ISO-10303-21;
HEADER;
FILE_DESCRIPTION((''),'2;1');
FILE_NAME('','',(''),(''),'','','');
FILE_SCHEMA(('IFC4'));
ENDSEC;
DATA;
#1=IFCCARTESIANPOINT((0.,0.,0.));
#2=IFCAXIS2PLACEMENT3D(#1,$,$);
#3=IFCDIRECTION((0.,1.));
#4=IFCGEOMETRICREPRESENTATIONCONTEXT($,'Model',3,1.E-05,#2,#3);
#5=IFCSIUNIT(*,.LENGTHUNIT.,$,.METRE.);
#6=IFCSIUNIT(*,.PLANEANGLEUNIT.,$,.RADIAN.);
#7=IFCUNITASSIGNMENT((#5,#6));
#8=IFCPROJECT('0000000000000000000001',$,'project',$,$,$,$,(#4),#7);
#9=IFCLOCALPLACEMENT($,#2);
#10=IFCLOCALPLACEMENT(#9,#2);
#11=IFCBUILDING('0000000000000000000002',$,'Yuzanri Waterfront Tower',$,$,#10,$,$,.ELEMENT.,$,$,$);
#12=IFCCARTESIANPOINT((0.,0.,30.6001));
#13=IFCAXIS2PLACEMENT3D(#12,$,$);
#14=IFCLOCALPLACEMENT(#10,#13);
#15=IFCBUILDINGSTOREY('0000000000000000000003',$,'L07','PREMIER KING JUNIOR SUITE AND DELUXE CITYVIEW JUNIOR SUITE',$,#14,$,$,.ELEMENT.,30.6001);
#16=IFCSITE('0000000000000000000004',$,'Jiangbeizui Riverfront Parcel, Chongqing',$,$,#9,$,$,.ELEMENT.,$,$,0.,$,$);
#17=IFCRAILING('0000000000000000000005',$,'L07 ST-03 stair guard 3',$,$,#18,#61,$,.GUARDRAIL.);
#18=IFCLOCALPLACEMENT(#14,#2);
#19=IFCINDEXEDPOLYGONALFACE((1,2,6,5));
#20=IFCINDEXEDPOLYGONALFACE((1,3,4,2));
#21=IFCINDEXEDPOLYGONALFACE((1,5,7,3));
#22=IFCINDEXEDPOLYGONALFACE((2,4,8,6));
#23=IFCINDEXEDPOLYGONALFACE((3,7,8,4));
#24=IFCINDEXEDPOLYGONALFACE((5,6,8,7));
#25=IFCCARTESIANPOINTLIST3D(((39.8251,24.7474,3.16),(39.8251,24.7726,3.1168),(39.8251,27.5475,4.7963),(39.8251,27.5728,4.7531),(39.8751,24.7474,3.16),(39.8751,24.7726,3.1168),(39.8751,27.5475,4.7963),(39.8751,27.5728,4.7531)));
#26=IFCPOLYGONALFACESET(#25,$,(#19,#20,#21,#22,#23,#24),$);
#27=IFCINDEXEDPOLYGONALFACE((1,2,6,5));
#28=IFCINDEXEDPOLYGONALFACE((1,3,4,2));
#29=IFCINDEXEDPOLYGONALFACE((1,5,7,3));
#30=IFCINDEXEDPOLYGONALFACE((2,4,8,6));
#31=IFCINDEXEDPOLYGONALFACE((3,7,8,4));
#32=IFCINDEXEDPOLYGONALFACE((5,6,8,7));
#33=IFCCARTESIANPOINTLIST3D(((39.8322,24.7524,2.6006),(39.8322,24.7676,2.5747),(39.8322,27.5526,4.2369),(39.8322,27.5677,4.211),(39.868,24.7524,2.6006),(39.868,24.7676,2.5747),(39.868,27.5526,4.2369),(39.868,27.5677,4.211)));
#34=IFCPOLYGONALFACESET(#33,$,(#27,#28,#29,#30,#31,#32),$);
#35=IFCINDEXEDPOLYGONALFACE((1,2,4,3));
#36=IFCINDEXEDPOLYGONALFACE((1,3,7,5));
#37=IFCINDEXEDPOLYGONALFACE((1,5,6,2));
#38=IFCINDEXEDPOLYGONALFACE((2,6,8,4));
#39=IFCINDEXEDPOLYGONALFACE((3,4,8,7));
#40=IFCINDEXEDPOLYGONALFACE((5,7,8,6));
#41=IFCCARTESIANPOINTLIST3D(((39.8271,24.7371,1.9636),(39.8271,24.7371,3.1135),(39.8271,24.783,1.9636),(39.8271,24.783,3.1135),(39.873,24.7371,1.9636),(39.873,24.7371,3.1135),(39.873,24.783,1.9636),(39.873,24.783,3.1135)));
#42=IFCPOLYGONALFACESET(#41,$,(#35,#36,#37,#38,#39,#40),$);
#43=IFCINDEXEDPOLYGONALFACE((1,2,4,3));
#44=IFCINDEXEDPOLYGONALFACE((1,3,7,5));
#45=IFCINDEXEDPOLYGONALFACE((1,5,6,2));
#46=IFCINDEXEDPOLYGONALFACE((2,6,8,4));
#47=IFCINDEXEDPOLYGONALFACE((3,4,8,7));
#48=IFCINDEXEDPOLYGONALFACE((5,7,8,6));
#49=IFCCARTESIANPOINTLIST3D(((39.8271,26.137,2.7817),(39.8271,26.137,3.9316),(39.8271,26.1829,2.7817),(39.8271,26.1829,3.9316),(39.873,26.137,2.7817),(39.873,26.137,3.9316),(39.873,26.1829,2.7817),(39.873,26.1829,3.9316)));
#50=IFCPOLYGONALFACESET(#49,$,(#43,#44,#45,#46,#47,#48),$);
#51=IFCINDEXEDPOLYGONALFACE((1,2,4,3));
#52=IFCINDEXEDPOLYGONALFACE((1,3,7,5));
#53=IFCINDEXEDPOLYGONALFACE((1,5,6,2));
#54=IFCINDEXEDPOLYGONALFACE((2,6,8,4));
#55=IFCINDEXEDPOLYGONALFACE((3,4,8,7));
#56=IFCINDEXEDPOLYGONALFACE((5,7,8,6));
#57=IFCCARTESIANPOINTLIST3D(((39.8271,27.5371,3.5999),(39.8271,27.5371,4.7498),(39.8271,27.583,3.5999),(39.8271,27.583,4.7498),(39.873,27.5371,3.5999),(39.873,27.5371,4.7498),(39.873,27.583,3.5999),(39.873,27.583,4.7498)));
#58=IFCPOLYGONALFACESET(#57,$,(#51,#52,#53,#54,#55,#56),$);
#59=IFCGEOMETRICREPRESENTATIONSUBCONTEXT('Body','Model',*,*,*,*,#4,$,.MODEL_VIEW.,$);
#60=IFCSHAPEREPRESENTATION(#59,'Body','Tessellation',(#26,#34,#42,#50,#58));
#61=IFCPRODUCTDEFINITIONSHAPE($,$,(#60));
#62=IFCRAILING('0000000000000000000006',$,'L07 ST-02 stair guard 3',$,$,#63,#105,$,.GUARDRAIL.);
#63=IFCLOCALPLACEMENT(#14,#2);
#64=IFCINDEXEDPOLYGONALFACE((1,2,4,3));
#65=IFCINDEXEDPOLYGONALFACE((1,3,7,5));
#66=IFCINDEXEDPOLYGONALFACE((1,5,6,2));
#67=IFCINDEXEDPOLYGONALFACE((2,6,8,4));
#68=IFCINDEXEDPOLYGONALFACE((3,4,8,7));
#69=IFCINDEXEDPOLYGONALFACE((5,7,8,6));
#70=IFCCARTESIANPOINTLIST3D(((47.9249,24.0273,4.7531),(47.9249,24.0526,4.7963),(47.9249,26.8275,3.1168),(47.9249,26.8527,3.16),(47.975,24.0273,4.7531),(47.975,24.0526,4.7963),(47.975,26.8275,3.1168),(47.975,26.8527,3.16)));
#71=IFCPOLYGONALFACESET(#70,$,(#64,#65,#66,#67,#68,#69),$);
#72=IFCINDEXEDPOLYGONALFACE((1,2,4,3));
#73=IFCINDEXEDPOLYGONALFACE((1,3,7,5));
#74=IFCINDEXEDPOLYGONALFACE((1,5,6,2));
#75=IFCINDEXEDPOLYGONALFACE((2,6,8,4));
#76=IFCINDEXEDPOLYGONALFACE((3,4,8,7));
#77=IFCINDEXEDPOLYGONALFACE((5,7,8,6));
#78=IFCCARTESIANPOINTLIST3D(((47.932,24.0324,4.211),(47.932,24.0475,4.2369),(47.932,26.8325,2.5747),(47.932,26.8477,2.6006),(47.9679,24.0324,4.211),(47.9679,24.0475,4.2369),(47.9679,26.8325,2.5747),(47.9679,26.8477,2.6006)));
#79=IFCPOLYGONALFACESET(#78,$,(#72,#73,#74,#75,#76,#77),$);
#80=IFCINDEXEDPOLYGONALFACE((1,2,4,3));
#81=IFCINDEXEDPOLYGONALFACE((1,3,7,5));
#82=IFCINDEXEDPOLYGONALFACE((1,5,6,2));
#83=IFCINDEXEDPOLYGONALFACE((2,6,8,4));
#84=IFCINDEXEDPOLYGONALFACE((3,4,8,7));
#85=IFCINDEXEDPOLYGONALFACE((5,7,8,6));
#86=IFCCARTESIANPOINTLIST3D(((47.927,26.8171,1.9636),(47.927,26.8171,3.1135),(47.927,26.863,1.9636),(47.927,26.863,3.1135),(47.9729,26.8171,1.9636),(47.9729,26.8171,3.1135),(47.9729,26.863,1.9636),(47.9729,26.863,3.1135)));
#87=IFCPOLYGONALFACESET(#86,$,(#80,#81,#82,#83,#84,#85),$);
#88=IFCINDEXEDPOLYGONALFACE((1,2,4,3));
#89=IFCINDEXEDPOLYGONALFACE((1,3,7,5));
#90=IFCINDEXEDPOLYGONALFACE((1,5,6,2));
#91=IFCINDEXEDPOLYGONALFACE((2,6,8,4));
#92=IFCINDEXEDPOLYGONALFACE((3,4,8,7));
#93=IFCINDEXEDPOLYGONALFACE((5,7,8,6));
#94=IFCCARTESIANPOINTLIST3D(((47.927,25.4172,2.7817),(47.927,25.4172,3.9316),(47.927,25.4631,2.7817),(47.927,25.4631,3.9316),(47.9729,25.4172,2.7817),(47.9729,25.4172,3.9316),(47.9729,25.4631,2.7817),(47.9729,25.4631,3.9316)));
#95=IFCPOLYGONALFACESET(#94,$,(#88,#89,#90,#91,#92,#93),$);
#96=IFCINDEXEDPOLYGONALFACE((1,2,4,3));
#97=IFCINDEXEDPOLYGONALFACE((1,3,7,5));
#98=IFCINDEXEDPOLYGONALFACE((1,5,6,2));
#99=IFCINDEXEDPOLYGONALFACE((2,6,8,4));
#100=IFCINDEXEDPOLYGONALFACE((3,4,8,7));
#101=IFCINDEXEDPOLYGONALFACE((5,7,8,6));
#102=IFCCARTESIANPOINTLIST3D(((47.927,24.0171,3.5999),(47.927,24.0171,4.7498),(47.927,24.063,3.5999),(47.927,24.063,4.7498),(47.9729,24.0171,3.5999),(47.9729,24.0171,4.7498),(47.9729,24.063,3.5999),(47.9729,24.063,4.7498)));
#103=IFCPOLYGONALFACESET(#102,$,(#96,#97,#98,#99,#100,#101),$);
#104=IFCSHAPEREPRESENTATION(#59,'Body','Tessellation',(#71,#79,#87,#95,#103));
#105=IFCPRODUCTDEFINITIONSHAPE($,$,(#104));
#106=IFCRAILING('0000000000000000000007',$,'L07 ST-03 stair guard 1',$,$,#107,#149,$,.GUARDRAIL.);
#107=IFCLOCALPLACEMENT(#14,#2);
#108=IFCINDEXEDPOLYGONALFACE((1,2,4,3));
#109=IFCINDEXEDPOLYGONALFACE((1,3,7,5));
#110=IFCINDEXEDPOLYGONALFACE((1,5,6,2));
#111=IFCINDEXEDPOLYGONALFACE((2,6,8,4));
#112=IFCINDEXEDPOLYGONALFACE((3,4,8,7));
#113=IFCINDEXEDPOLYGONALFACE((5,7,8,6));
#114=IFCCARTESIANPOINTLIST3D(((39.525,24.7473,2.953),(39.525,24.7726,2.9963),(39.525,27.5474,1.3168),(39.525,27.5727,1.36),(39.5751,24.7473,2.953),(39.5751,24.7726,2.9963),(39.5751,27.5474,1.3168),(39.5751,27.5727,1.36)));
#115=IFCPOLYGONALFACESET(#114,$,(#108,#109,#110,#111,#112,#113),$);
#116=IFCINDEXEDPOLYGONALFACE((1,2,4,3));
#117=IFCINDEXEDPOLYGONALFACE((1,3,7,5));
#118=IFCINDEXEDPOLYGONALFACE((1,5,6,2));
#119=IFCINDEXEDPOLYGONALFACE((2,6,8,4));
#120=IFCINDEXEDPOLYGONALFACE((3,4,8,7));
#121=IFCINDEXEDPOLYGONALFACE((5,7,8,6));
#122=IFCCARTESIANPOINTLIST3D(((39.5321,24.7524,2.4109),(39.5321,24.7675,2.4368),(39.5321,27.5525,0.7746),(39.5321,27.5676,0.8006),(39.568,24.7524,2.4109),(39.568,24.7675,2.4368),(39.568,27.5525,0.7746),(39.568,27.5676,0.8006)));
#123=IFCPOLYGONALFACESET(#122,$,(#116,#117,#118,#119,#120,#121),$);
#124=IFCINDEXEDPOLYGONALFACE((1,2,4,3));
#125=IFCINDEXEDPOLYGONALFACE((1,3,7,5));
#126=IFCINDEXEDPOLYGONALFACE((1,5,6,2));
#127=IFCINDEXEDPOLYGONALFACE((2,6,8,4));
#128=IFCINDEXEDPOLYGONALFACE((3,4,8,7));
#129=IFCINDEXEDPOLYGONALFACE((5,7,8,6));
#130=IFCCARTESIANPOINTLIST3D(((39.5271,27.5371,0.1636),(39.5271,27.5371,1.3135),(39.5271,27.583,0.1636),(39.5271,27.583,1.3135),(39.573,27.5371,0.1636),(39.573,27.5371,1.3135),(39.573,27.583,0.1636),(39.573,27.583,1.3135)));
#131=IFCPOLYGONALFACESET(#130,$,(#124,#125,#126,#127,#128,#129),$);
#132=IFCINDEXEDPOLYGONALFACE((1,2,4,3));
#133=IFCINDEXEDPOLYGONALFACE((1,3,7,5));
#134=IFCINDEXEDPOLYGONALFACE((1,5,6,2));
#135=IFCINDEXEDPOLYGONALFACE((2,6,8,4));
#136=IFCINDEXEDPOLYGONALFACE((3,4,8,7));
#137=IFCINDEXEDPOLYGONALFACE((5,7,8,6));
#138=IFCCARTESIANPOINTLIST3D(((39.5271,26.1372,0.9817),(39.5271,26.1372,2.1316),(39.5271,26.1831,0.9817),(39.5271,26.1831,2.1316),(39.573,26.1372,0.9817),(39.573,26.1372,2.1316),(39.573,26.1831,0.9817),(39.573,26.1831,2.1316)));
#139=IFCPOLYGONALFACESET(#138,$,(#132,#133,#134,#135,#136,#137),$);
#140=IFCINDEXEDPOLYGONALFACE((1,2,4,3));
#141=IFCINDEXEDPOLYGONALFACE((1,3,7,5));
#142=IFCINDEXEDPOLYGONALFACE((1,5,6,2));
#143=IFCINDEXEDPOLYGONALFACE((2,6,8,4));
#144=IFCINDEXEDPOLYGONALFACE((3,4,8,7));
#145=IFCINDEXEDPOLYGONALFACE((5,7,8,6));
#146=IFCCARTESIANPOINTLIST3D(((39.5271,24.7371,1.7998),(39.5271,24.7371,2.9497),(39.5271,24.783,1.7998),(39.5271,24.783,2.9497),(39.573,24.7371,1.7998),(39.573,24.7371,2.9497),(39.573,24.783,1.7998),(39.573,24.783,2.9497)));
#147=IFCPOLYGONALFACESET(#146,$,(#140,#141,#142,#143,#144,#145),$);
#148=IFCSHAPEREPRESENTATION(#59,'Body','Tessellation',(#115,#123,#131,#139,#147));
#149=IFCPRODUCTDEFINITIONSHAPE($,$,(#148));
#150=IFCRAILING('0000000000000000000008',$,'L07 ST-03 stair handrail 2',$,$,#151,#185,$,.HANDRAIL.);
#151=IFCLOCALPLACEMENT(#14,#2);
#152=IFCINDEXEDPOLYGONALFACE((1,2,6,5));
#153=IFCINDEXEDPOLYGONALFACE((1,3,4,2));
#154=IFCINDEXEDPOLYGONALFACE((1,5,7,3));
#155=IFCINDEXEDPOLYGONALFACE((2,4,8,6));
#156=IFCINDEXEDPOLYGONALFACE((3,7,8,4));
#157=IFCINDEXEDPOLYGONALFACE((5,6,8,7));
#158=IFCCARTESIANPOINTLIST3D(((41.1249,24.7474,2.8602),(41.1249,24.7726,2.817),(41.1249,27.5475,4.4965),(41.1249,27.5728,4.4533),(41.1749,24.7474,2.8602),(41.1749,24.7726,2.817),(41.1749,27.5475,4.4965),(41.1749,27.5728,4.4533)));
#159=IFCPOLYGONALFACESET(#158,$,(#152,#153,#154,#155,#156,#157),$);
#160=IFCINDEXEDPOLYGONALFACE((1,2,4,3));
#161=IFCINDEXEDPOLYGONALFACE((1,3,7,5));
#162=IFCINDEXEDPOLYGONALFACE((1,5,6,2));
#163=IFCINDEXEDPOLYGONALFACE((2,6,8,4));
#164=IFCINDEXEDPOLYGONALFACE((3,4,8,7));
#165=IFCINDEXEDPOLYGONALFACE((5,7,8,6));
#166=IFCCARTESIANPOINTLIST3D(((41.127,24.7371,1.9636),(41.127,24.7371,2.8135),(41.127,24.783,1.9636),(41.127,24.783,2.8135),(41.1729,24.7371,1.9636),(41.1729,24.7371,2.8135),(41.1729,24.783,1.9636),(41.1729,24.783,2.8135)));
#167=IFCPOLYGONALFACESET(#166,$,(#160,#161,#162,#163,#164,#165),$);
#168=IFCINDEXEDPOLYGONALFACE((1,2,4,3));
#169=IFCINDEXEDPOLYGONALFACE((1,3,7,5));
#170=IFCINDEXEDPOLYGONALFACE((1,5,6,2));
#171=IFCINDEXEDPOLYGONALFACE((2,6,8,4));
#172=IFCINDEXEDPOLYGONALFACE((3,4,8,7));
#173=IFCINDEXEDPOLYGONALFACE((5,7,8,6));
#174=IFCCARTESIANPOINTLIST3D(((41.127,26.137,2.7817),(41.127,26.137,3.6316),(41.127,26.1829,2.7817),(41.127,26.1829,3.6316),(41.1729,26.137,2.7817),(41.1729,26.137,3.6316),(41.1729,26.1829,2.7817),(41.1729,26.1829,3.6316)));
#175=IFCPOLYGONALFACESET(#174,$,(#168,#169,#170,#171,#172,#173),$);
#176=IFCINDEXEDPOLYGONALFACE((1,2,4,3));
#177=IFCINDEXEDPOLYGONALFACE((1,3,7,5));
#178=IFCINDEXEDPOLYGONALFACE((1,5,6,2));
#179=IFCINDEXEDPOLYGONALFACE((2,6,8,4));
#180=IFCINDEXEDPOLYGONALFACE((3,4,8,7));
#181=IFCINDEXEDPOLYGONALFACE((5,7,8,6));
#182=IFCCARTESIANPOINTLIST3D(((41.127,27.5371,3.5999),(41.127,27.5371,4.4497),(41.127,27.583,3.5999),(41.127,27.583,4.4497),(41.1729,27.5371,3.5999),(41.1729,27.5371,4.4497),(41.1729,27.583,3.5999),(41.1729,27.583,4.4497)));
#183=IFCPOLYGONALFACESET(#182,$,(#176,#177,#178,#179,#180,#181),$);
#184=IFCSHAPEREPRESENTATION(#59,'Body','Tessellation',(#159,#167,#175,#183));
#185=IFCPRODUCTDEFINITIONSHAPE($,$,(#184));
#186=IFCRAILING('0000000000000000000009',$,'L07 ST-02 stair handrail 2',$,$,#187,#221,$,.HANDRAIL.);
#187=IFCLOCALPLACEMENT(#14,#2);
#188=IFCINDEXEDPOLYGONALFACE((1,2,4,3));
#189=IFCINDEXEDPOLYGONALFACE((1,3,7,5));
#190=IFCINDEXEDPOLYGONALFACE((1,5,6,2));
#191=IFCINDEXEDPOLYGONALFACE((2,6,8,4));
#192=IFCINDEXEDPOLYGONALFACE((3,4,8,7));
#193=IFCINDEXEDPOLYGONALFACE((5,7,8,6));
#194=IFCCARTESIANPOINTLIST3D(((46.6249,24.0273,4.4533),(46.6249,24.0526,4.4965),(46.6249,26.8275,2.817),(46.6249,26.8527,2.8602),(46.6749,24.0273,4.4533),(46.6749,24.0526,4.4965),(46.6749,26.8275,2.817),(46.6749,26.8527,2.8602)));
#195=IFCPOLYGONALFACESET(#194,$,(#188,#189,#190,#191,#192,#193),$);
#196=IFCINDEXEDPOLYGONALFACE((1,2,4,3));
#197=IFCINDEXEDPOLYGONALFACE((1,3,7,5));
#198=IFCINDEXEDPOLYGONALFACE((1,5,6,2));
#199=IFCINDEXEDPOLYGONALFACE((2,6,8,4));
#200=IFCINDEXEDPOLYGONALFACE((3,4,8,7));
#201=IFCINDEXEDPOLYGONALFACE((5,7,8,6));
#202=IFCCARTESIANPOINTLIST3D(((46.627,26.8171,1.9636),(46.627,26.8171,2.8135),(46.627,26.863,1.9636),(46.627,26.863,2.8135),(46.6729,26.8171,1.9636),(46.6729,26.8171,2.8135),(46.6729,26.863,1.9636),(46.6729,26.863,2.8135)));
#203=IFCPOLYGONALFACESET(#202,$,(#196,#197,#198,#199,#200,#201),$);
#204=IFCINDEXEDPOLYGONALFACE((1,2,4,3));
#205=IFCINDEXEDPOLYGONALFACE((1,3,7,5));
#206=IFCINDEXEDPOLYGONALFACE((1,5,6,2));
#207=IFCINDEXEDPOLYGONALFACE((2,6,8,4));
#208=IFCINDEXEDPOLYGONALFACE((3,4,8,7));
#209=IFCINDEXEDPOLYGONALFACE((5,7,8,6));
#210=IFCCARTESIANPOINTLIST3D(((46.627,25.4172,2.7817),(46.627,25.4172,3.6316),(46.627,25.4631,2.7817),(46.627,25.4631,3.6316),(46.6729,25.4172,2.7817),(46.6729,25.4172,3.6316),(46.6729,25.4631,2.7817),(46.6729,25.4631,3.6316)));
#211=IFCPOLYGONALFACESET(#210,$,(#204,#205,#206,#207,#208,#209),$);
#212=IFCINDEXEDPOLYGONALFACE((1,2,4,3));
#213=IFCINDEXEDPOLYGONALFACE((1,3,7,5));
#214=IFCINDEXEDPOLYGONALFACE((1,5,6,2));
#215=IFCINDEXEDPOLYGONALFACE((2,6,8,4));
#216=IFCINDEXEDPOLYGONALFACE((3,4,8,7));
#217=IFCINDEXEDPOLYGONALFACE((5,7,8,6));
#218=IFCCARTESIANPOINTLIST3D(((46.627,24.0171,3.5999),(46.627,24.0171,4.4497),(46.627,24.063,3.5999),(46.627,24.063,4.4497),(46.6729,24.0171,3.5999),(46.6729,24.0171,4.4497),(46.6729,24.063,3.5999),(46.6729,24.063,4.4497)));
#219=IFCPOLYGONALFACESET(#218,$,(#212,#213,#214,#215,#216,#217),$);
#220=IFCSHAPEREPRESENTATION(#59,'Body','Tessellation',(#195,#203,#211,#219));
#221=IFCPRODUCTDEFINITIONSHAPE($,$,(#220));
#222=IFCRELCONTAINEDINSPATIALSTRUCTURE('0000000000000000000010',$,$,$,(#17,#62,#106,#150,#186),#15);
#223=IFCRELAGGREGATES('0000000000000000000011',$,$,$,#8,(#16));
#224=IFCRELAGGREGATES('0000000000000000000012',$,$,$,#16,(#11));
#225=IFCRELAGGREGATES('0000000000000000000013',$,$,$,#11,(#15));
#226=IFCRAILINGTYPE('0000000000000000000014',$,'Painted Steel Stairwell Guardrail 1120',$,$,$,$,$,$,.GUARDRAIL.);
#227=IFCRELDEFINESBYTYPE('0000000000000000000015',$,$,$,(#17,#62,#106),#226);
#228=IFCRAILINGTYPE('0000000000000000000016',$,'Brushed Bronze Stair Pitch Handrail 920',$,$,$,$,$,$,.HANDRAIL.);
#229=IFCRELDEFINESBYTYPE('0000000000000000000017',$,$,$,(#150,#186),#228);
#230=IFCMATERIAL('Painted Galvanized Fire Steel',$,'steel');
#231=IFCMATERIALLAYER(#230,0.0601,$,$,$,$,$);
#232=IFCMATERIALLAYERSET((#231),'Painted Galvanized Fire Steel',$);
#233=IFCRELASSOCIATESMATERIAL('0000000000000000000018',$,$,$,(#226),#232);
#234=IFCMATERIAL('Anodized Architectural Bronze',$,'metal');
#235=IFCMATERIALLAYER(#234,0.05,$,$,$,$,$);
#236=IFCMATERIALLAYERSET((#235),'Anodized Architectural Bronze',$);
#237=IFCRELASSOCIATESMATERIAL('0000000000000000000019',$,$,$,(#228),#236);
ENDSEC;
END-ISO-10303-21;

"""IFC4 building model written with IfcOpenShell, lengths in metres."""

from ifc_helpers import new_model, si_unit, direction, frame, origin, origin_2d, place, context, subcontext, project, spatial, rectangle, extrude, source, transform, mapped, material, layer, layer_set, type_object, element, save


model = new_model("IFC4")

# Units and contexts
model_context = context("Model", 3, precision=1e-05, world=origin(), true_north=direction((0.0, 1.0)))
body_context = subcontext(model_context, "Body", "Model", "MODEL_VIEW")
ifc_project = project(units=[si_unit("LENGTHUNIT", "METRE"), si_unit("PLANEANGLEUNIT", "RADIAN")], contexts=[model_context])

# Site, building, storey
site_placement = place(None, origin())
site = spatial("IfcSite", under=ifc_project, at=site_placement, Name="Jiangbeizui Riverfront Parcel, Chongqing", CompositionType="ELEMENT", RefElevation=0.0)
building_placement = place(site_placement, origin())
building = spatial("IfcBuilding", under=site, at=building_placement, Name="Yuzanri Waterfront Tower", CompositionType="ELEMENT")
storey_placement = place(building_placement, frame((0.0, 0.0, 30.6001)))
storey = spatial("IfcBuildingStorey", under=building, at=storey_placement, Name="L07", Description="PREMIER KING JUNIOR SUITE AND DELUXE CITYVIEW JUNIOR SUITE", CompositionType="ELEMENT", Elevation=30.6001)

# Railings
ifc_material_1 = material(Name="Painted Galvanized Fire Steel", Category="steel")
ifc_layer_1 = layer(ifc_material_1, 0.0601)
ifc_layer_set_1 = layer_set([ifc_layer_1], Name="Painted Galvanized Fire Steel")
railing_type_1 = type_object("IfcRailingType", Name="Painted Steel Stairwell Guardrail 1120", PredefinedType="GUARDRAIL", material=ifc_layer_set_1)
shared_shape_1 = source(origin(), body_context, "Body", "SweptSolid", [
    extrude(rectangle(XDim=0.05, YDim=0.05, at=origin_2d()), frame((0.0, 0.0, 1.1748), z_axis=(0.0, 0.863394, 0.504531), x_axis=(-1.0, 0.0, 0.0)), (0.0, 0.0, 1.0), 3.2432),
    extrude(rectangle(XDim=0.0359, YDim=0.03, at=origin_2d()), frame((0.0, 0.0, 0.624), z_axis=(0.0, 0.863394, 0.504531), x_axis=(-1.0, 0.0, 0.0)), (0.0, 0.0, 1.0), 3.2432),
    extrude(rectangle(XDim=0.0459, YDim=0.0459, at=origin_2d()), origin(), (0.0, 0.0, 1.0), 1.1499),
    extrude(rectangle(XDim=0.0459, YDim=0.0459, at=origin_2d()), frame((0.0, 1.3999, 0.8181)), (0.0, 0.0, 1.0), 1.1499),
    extrude(rectangle(XDim=0.0459, YDim=0.0459, at=origin_2d()), frame((0.0, 2.8, 1.6362)), (0.0, 0.0, 1.0), 1.1499),
])
railing_1_placement = place(storey_placement, frame((39.8501, 24.76, 1.9636)))
element("IfcRailing", 1, at=railing_1_placement, inside=storey, type_object=railing_type_1, Name="L07 ST-03 stair guard 3", PredefinedType="GUARDRAIL", context=body_context, shape_type="MappedRepresentation", body=[
    mapped(shared_shape_1, transform((0.0, 0.0, 0.0), scale=1.0)),
])
shared_shape_2 = source(origin(), body_context, "Body", "SweptSolid", [
    extrude(rectangle(XDim=0.05, YDim=0.05, at=origin_2d()), frame((0.0, 0.0, 1.1748), z_axis=(0.0, -0.863394, 0.504531), x_axis=(1.0, 0.0, 0.0)), (0.0, 0.0, 1.0), 3.2432),
    extrude(rectangle(XDim=0.0359, YDim=0.03, at=origin_2d()), frame((0.0, 0.0, 0.624), z_axis=(0.0, -0.863394, 0.504531), x_axis=(1.0, 0.0, 0.0)), (0.0, 0.0, 1.0), 3.2432),
    extrude(rectangle(XDim=0.0459, YDim=0.0459, at=origin_2d()), origin(), (0.0, 0.0, 1.0), 1.1499),
    extrude(rectangle(XDim=0.0459, YDim=0.0459, at=origin_2d()), frame((0.0, -1.3999, 0.8181)), (0.0, 0.0, 1.0), 1.1499),
    extrude(rectangle(XDim=0.0459, YDim=0.0459, at=origin_2d()), frame((0.0, -2.8, 1.6362)), (0.0, 0.0, 1.0), 1.1499),
])
for number, where, name in (
    (2, (47.95, 26.8401, 1.9636), "L07 ST-02 stair guard 3"),
    (3, (39.55, 27.5601, 0.1636), "L07 ST-03 stair guard 1"),
):
    element("IfcRailing", number, at=place(storey_placement, frame(where)), inside=storey, type_object=railing_type_1, Name=name, PredefinedType="GUARDRAIL", context=body_context, shape_type="MappedRepresentation", body=[
        mapped(shared_shape_2, transform((0.0, 0.0, 0.0), scale=1.0)),
    ])
ifc_material_2 = material(Name="Anodized Architectural Bronze", Category="metal")
ifc_layer_2 = layer(ifc_material_2, 0.05)
ifc_layer_set_2 = layer_set([ifc_layer_2], Name="Anodized Architectural Bronze")
railing_type_2 = type_object("IfcRailingType", Name="Brushed Bronze Stair Pitch Handrail 920", PredefinedType="HANDRAIL", material=ifc_layer_set_2)
shared_shape_3 = source(origin(), body_context, "Body", "SweptSolid", [
    extrude(rectangle(XDim=0.05, YDim=0.05, at=origin_2d()), frame((0.0, 0.0, 0.875), z_axis=(0.0, 0.863394, 0.504531), x_axis=(-1.0, 0.0, 0.0)), (0.0, 0.0, 1.0), 3.2432),
    extrude(rectangle(XDim=0.0459, YDim=0.0459, at=origin_2d()), origin(), (0.0, 0.0, 1.0), 0.8499),
    extrude(rectangle(XDim=0.0459, YDim=0.0459, at=origin_2d()), frame((0.0, 1.3999, 0.8181)), (0.0, 0.0, 1.0), 0.8499),
    extrude(rectangle(XDim=0.0459, YDim=0.0459, at=origin_2d()), frame((0.0, 2.8, 1.6362)), (0.0, 0.0, 1.0), 0.8499),
])
railing_2_placement = place(storey_placement, frame((41.1499, 24.76, 1.9636)))
element("IfcRailing", 4, at=railing_2_placement, inside=storey, type_object=railing_type_2, Name="L07 ST-03 stair handrail 2", PredefinedType="HANDRAIL", context=body_context, shape_type="MappedRepresentation", body=[
    mapped(shared_shape_3, transform((0.0, 0.0, 0.0), scale=1.0)),
])
shared_shape_4 = source(origin(), body_context, "Body", "SweptSolid", [
    extrude(rectangle(XDim=0.05, YDim=0.05, at=origin_2d()), frame((0.0, 0.0, 0.875), z_axis=(0.0, -0.863394, 0.504531), x_axis=(1.0, 0.0, 0.0)), (0.0, 0.0, 1.0), 3.2432),
    extrude(rectangle(XDim=0.0459, YDim=0.0459, at=origin_2d()), origin(), (0.0, 0.0, 1.0), 0.8499),
    extrude(rectangle(XDim=0.0459, YDim=0.0459, at=origin_2d()), frame((0.0, -1.3999, 0.8181)), (0.0, 0.0, 1.0), 0.8499),
    extrude(rectangle(XDim=0.0459, YDim=0.0459, at=origin_2d()), frame((0.0, -2.8, 1.6362)), (0.0, 0.0, 1.0), 0.8499),
])
for number, where, name in (
    (5, (46.6499, 26.8401, 1.9636), "L07 ST-02 stair handrail 2"),
):
    element("IfcRailing", number, at=place(storey_placement, frame(where)), inside=storey, type_object=railing_type_2, Name=name, PredefinedType="HANDRAIL", context=body_context, shape_type="MappedRepresentation", body=[
        mapped(shared_shape_4, transform((0.0, 0.0, 0.0), scale=1.0)),
    ])

save(model, "model.ifc")
